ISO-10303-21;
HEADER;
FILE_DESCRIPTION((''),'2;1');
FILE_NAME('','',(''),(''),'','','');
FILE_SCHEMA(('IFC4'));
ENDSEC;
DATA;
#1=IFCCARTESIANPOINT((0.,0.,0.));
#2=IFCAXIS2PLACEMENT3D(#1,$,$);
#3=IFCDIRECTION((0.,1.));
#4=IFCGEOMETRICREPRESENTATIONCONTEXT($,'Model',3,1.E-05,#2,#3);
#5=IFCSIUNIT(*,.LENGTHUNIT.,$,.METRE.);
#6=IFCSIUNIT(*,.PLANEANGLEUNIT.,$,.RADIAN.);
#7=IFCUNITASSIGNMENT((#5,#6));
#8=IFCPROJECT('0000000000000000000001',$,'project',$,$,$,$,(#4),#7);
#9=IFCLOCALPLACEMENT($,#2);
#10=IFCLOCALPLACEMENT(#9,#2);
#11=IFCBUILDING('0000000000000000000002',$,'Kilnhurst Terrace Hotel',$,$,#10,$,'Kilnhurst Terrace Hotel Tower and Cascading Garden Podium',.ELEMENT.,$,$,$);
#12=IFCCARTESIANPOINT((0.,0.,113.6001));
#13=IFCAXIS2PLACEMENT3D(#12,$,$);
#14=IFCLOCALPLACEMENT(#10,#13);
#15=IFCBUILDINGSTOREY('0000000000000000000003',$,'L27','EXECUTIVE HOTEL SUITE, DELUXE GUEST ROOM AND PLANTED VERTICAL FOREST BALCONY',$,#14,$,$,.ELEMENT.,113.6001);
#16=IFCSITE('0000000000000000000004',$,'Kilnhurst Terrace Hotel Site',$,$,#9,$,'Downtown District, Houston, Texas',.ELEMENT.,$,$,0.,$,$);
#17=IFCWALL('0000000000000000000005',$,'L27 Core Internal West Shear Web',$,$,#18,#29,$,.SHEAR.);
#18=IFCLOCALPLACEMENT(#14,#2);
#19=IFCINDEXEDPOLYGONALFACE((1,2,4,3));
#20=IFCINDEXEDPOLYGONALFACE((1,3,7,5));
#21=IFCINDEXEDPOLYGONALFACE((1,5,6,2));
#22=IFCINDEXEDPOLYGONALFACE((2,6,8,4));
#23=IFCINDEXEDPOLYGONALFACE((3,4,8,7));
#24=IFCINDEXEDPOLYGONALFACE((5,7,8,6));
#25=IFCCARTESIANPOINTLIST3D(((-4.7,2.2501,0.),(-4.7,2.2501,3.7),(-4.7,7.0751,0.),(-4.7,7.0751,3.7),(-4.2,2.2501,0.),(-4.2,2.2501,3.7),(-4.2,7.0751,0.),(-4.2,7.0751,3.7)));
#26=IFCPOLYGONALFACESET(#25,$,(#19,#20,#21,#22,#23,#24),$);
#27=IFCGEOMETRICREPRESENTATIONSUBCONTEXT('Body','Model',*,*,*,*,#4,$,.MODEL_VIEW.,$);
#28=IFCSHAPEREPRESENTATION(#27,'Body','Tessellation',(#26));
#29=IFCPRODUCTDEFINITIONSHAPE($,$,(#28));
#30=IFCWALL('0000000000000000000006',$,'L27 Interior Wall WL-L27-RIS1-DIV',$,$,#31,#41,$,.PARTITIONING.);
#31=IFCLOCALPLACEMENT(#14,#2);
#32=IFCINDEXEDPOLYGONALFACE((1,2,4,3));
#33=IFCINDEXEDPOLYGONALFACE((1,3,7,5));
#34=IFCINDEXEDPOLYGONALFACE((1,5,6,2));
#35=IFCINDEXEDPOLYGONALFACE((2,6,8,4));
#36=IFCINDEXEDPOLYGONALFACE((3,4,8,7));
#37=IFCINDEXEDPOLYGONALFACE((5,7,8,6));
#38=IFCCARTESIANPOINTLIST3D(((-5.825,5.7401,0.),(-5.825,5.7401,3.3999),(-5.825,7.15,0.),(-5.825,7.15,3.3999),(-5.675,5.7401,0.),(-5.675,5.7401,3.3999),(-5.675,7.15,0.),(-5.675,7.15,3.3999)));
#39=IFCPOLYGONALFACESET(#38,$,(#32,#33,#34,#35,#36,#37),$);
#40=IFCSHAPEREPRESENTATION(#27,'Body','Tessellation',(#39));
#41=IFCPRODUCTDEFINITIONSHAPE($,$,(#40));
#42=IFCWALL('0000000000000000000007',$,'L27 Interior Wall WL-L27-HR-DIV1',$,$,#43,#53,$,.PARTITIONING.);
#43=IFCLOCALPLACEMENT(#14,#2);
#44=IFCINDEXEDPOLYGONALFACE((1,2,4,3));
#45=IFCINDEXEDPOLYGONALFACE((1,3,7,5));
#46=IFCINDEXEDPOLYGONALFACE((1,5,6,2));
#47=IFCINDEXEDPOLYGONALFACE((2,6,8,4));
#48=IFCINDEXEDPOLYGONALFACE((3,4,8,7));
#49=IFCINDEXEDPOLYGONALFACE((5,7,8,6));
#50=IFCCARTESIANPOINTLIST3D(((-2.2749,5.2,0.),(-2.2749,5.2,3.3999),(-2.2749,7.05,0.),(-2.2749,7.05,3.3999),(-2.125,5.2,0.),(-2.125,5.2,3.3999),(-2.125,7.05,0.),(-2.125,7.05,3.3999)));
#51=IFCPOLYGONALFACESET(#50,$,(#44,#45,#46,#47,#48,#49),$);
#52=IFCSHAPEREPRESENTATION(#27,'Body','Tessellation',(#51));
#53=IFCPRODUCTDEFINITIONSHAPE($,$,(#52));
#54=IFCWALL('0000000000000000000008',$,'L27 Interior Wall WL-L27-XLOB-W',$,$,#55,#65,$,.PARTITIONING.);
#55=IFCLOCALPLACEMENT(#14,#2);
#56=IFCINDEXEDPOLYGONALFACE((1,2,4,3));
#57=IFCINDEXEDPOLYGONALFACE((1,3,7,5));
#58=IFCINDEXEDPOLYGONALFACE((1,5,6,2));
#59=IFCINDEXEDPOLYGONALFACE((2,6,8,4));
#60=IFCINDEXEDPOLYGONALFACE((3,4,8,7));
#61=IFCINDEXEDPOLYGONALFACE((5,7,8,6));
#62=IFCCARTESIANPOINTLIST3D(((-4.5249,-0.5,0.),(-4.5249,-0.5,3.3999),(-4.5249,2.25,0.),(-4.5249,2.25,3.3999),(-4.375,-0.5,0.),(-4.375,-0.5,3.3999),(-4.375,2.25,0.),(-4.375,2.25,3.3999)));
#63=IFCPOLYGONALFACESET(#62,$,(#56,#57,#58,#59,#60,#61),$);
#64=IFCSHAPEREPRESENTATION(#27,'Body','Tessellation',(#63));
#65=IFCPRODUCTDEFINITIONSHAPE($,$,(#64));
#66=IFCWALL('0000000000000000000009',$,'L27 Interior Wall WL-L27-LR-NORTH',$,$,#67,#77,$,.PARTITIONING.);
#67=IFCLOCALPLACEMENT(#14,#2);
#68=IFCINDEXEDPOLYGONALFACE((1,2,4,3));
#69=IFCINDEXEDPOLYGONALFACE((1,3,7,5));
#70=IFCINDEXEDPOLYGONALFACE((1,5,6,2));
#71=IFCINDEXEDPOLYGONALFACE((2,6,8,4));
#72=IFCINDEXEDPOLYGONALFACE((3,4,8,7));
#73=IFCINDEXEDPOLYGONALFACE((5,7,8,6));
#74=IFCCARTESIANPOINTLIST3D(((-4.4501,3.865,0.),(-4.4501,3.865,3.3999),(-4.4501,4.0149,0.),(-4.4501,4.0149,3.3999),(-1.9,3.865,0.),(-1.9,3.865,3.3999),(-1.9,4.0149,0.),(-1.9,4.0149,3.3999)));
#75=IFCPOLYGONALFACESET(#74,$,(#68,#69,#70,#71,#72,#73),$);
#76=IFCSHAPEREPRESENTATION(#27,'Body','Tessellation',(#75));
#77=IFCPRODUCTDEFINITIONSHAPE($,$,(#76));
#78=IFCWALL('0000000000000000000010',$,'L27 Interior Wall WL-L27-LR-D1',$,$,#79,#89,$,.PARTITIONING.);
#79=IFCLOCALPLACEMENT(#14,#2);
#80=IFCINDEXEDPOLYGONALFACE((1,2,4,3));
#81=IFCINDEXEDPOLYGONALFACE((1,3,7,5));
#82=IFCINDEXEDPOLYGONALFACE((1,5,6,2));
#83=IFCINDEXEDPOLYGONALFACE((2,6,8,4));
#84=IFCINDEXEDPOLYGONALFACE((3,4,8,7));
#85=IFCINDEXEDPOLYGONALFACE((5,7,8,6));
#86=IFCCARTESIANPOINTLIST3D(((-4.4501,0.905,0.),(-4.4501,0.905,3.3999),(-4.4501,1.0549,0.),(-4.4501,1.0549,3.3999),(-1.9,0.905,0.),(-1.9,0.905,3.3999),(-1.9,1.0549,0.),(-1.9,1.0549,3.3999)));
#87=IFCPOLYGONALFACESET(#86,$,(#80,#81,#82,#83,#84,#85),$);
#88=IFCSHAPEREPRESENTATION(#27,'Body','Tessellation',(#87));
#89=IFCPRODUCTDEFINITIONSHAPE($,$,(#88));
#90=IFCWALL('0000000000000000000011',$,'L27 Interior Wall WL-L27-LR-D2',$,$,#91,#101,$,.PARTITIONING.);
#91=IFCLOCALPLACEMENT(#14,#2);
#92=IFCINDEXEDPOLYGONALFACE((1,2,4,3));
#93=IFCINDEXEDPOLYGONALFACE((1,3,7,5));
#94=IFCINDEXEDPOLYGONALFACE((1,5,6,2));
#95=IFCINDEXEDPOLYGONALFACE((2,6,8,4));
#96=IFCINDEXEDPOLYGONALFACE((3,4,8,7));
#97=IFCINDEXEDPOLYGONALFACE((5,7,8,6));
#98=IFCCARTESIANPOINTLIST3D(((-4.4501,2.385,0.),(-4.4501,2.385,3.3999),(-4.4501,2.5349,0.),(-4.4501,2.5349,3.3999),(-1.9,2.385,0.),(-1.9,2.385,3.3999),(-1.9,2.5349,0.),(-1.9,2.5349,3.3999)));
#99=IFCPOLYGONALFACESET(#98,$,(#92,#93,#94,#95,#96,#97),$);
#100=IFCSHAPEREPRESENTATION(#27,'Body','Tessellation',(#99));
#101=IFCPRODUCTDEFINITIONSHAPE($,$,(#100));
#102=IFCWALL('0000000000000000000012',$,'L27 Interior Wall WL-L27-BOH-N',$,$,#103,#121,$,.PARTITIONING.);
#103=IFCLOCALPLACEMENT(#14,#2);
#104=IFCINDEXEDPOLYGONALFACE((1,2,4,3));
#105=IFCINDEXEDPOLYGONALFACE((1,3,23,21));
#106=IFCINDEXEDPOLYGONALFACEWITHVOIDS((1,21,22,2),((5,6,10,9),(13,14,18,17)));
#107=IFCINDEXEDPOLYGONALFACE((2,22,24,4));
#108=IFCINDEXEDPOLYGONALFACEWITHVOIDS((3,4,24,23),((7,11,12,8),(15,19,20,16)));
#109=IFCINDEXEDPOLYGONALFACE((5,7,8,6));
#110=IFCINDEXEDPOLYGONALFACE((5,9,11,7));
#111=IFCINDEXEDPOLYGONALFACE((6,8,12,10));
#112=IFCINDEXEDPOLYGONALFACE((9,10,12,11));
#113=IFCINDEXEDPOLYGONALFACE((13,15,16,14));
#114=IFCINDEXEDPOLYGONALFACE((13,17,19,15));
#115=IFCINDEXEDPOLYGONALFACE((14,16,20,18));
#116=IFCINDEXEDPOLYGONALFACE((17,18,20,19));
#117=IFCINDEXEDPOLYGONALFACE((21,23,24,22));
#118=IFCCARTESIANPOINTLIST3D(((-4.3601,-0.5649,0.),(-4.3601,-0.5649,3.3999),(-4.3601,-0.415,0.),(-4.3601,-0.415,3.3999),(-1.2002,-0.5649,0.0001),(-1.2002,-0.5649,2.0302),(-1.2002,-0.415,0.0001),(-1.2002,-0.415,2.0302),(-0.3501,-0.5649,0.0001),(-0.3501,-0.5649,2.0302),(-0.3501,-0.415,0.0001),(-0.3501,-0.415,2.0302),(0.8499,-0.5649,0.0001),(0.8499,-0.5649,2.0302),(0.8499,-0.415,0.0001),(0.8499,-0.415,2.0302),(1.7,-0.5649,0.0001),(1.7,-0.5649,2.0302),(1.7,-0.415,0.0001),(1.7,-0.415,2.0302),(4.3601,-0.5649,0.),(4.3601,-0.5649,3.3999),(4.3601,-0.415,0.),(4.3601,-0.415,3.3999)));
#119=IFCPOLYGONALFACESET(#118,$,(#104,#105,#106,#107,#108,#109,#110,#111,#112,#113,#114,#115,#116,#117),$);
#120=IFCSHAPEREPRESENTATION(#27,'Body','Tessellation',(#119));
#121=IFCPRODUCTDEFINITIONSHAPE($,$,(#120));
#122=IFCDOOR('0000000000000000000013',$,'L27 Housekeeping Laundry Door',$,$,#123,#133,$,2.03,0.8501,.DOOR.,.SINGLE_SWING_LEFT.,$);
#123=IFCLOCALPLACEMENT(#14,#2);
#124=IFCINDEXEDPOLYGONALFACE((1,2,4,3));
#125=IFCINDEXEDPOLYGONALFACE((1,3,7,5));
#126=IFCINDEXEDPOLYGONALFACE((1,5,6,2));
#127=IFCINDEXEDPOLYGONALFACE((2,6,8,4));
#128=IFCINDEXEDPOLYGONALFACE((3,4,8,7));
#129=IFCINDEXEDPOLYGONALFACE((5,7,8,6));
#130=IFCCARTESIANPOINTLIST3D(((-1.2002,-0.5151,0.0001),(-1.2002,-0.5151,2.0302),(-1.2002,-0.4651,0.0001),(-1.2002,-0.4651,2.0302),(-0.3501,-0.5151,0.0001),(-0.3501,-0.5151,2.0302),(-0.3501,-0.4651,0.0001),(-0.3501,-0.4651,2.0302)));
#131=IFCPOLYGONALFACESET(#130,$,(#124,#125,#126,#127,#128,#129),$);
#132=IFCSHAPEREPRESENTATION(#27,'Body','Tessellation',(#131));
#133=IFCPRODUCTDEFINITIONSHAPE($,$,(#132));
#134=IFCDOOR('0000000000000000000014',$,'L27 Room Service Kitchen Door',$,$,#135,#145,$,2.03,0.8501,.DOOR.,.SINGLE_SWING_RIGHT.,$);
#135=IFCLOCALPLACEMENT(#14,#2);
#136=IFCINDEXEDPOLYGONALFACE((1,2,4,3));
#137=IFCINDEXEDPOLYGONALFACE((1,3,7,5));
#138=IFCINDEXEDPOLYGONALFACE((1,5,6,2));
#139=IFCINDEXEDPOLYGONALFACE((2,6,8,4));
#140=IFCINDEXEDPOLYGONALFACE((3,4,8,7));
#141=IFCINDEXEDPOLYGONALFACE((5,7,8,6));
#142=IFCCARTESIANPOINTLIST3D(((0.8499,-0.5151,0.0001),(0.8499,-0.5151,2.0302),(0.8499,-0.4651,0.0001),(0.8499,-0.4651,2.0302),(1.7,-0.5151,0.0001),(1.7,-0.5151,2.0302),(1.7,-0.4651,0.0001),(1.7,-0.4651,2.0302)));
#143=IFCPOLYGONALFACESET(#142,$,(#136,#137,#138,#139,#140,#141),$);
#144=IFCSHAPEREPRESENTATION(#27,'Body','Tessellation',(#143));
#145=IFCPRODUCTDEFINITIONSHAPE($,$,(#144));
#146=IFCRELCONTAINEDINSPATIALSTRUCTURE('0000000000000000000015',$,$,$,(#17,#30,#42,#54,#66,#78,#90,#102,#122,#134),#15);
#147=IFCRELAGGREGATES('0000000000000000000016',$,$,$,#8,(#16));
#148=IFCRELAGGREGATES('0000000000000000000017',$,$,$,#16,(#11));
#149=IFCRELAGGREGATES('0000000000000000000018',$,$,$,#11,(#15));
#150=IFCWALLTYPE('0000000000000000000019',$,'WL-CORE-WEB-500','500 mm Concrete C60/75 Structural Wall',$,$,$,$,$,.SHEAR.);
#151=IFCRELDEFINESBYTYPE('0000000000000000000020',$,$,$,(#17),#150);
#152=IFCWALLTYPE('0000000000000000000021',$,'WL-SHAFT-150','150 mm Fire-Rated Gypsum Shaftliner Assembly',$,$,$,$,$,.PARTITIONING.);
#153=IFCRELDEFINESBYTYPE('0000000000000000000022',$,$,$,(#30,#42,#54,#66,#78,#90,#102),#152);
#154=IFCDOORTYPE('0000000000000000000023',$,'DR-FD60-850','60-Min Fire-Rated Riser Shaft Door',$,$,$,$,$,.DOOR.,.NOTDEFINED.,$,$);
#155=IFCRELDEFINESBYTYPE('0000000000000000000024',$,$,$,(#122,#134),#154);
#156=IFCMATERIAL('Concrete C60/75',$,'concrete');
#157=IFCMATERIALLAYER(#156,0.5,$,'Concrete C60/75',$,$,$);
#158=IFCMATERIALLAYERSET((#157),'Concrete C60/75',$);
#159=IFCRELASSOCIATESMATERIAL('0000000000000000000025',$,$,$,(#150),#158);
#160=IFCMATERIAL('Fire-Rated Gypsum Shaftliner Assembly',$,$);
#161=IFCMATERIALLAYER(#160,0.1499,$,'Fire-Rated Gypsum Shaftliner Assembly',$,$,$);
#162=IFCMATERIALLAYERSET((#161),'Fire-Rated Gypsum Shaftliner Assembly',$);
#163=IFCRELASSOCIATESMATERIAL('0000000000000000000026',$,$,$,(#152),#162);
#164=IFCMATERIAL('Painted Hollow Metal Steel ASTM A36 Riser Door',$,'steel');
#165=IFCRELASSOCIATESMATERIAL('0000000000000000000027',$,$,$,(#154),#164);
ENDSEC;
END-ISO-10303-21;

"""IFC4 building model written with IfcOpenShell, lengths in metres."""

from ifc_helpers import new_model, si_unit, direction, frame, frame_2d, origin, place, context, subcontext, project, spatial, rectangle, extrude, material, layer, layer_set, type_object, element, fill, save


model = new_model("IFC4")

# Units and contexts
model_context = context("Model", 3, precision=1e-05, world=origin(), true_north=direction((0.0, 1.0)))
body_context = subcontext(model_context, "Body", "Model", "MODEL_VIEW")
ifc_project = project(units=[si_unit("LENGTHUNIT", "METRE"), si_unit("PLANEANGLEUNIT", "RADIAN")], contexts=[model_context])

# Site, building, storey
site_placement = place(None, origin())
site = spatial("IfcSite", under=ifc_project, at=site_placement, Name="Kilnhurst Terrace Hotel Site", LongName="Downtown District, Houston, Texas", CompositionType="ELEMENT", RefElevation=0.0)
building_placement = place(site_placement, origin())
building = spatial("IfcBuilding", under=site, at=building_placement, Name="Kilnhurst Terrace Hotel", LongName="Kilnhurst Terrace Hotel Tower and Cascading Garden Podium", CompositionType="ELEMENT")
storey_placement = place(building_placement, frame((0.0, 0.0, 113.6001)))
storey = spatial("IfcBuildingStorey", under=building, at=storey_placement, Name="L27", Description="EXECUTIVE HOTEL SUITE, DELUXE GUEST ROOM AND PLANTED VERTICAL FOREST BALCONY", CompositionType="ELEMENT", Elevation=113.6001)

# Walls
ifc_material_1 = material(Name="Concrete C60/75", Category="concrete")
ifc_layer_1 = layer(ifc_material_1, 0.5, Name="Concrete C60/75")
ifc_layer_set_1 = layer_set([ifc_layer_1], Name="Concrete C60/75")
wall_type_1 = type_object("IfcWallType", Name="WL-CORE-WEB-500", Description="500 mm Concrete C60/75 Structural Wall", PredefinedType="SHEAR", material=ifc_layer_set_1)
wall_1_placement = place(storey_placement, frame((-4.45, 2.25, 0.0), z_axis=(0.0, 0.0, 1.0), x_axis=(0.0, 1.0, 0.0)))
element("IfcWall", 1, at=wall_1_placement, inside=storey, type_object=wall_type_1, Name="L27 Core Internal West Shear Web", PredefinedType="SHEAR", context=body_context, shape_type="SweptSolid", body=[
    extrude(rectangle(XDim=4.825, YDim=0.5, at=frame_2d((2.4126, 0.0))), origin(), (0.0, 0.0, 1.0), 3.7),
])
ifc_material_2 = material(Name="Fire-Rated Gypsum Shaftliner Assembly")
ifc_layer_2 = layer(ifc_material_2, 0.1499, Name="Fire-Rated Gypsum Shaftliner Assembly")
ifc_layer_set_2 = layer_set([ifc_layer_2], Name="Fire-Rated Gypsum Shaftliner Assembly")
wall_type_2 = type_object("IfcWallType", Name="WL-SHAFT-150", Description="150 mm Fire-Rated Gypsum Shaftliner Assembly", PredefinedType="PARTITIONING", material=ifc_layer_set_2)
wall_2_placement = place(storey_placement, frame((-5.75, 5.74, 0.0), z_axis=(0.0, 0.0, 1.0), x_axis=(0.0, 1.0, 0.0)))
element("IfcWall", 2, at=wall_2_placement, inside=storey, type_object=wall_type_2, Name="L27 Interior Wall WL-L27-RIS1-DIV", PredefinedType="PARTITIONING", context=body_context, shape_type="SweptSolid", body=[
    extrude(rectangle(XDim=1.4099, YDim=0.1499, at=frame_2d((0.7051, 0.0))), origin(), (0.0, 0.0, 1.0), 3.3999),
])
wall_3_placement = place(storey_placement, frame((-2.2, 5.2, 0.0), z_axis=(0.0, 0.0, 1.0), x_axis=(0.0, 1.0, 0.0)))
element("IfcWall", 3, at=wall_3_placement, inside=storey, type_object=wall_type_2, Name="L27 Interior Wall WL-L27-HR-DIV1", PredefinedType="PARTITIONING", context=body_context, shape_type="SweptSolid", body=[
    extrude(rectangle(XDim=1.8501, YDim=0.1499, at=frame_2d((0.925, 0.0))), origin(), (0.0, 0.0, 1.0), 3.3999),
])
wall_4_placement = place(storey_placement, frame((-4.45, -0.5, 0.0), z_axis=(0.0, 0.0, 1.0), x_axis=(0.0, 1.0, 0.0)))
element("IfcWall", 4, at=wall_4_placement, inside=storey, type_object=wall_type_2, Name="L27 Interior Wall WL-L27-XLOB-W", PredefinedType="PARTITIONING", context=body_context, shape_type="SweptSolid", body=[
    extrude(rectangle(XDim=2.75, YDim=0.1499, at=frame_2d((1.375, 0.0))), origin(), (0.0, 0.0, 1.0), 3.3999),
])
for number, where, z_axis, x_axis, name in (
    (5, (-4.45, 3.9399, 0.0), (0.0, 0.0, 1.0), (1.0, 0.0, 0.0), "L27 Interior Wall WL-L27-LR-NORTH"),
    (6, (-4.45, 0.98, 0.0), (0.0, 0.0, 1.0), (1.0, 0.0, 0.0), "L27 Interior Wall WL-L27-LR-D1"),
    (7, (-4.45, 2.46, 0.0), (0.0, 0.0, 1.0), (1.0, 0.0, 0.0), "L27 Interior Wall WL-L27-LR-D2"),
):
    element("IfcWall", number, at=place(storey_placement, frame(where, z_axis=z_axis, x_axis=x_axis)), inside=storey, type_object=wall_type_2, Name=name, PredefinedType="PARTITIONING", context=body_context, shape_type="SweptSolid", body=[
        extrude(rectangle(XDim=2.55, YDim=0.1499, at=frame_2d((1.2749, 0.0))), origin(), (0.0, 0.0, 1.0), 3.3999),
    ])

# Wall, openings, doors
wall_5_placement = place(storey_placement, frame((-4.3601, -0.49, 0.0), z_axis=(0.0, 0.0, 1.0), x_axis=(1.0, 0.0, 0.0)))
wall_5 = element("IfcWall", 8, at=wall_5_placement, inside=storey, type_object=wall_type_2, Name="L27 Interior Wall WL-L27-BOH-N", PredefinedType="PARTITIONING", context=body_context, shape_type="SweptSolid", body=[
    extrude(rectangle(XDim=8.7202, YDim=0.1499, at=frame_2d((4.3601, 0.0))), origin(), (0.0, 0.0, 1.0), 3.3999),
])
opening_1_placement = place(wall_5_placement, frame((3.1599, 0.0, 0.0)))
opening_1 = element("IfcOpeningElement", 9, at=opening_1_placement, cuts=wall_5, PredefinedType="OPENING", context=body_context, shape_type="SweptSolid", body=[
    extrude(rectangle(XDim=0.8501, YDim=2.03, at=frame_2d((0.425, 1.0151))), frame((0.0, 0.085, 0.0), z_axis=(0.0, -1.0, 0.0), x_axis=(1.0, 0.0, 0.0)), (0.0, 0.0, 1.0), 0.1699),
])
opening_2_placement = place(wall_5_placement, frame((5.21, 0.0, 0.0)))
opening_2 = element("IfcOpeningElement", 10, at=opening_2_placement, cuts=wall_5, PredefinedType="OPENING", context=body_context, shape_type="SweptSolid", body=[
    extrude(rectangle(XDim=0.8501, YDim=2.03, at=frame_2d((0.425, 1.0151))), frame((0.0, 0.085, 0.0), z_axis=(0.0, -1.0, 0.0), x_axis=(1.0, 0.0, 0.0)), (0.0, 0.0, 1.0), 0.1699),
])
ifc_material_3 = material(Name="Painted Hollow Metal Steel ASTM A36 Riser Door", Category="steel")
door_type_1 = type_object("IfcDoorType", Name="DR-FD60-850", Description="60-Min Fire-Rated Riser Shaft Door", OperationType="NOTDEFINED", PredefinedType="DOOR", material=ifc_material_3)
door_1_placement = place(opening_1_placement, origin())
door_1 = element("IfcDoor", 11, at=door_1_placement, inside=storey, type_object=door_type_1, Name="L27 Housekeeping Laundry Door", OperationType="SINGLE_SWING_LEFT", OverallHeight=2.03, OverallWidth=0.8501, PredefinedType="DOOR", context=body_context, shape_type="SweptSolid", body=[
    extrude(rectangle(XDim=0.8501, YDim=2.03, at=frame_2d((0.425, 1.0151))), frame((0.0, 0.0249, 0.0), z_axis=(0.0, -1.0, 0.0), x_axis=(1.0, 0.0, 0.0)), (0.0, 0.0, 1.0), 0.05),
])
fill(opening_1, door_1)
door_2_placement = place(opening_2_placement, origin())
door_2 = element("IfcDoor", 12, at=door_2_placement, inside=storey, type_object=door_type_1, Name="L27 Room Service Kitchen Door", OperationType="SINGLE_SWING_RIGHT", OverallHeight=2.03, OverallWidth=0.8501, PredefinedType="DOOR", context=body_context, shape_type="SweptSolid", body=[
    extrude(rectangle(XDim=0.8501, YDim=2.03, at=frame_2d((0.425, 1.0151))), frame((0.0, 0.0249, 0.0), z_axis=(0.0, -1.0, 0.0), x_axis=(1.0, 0.0, 0.0)), (0.0, 0.0, 1.0), 0.05),
])
fill(opening_2, door_2)

save(model, "model.ifc")
